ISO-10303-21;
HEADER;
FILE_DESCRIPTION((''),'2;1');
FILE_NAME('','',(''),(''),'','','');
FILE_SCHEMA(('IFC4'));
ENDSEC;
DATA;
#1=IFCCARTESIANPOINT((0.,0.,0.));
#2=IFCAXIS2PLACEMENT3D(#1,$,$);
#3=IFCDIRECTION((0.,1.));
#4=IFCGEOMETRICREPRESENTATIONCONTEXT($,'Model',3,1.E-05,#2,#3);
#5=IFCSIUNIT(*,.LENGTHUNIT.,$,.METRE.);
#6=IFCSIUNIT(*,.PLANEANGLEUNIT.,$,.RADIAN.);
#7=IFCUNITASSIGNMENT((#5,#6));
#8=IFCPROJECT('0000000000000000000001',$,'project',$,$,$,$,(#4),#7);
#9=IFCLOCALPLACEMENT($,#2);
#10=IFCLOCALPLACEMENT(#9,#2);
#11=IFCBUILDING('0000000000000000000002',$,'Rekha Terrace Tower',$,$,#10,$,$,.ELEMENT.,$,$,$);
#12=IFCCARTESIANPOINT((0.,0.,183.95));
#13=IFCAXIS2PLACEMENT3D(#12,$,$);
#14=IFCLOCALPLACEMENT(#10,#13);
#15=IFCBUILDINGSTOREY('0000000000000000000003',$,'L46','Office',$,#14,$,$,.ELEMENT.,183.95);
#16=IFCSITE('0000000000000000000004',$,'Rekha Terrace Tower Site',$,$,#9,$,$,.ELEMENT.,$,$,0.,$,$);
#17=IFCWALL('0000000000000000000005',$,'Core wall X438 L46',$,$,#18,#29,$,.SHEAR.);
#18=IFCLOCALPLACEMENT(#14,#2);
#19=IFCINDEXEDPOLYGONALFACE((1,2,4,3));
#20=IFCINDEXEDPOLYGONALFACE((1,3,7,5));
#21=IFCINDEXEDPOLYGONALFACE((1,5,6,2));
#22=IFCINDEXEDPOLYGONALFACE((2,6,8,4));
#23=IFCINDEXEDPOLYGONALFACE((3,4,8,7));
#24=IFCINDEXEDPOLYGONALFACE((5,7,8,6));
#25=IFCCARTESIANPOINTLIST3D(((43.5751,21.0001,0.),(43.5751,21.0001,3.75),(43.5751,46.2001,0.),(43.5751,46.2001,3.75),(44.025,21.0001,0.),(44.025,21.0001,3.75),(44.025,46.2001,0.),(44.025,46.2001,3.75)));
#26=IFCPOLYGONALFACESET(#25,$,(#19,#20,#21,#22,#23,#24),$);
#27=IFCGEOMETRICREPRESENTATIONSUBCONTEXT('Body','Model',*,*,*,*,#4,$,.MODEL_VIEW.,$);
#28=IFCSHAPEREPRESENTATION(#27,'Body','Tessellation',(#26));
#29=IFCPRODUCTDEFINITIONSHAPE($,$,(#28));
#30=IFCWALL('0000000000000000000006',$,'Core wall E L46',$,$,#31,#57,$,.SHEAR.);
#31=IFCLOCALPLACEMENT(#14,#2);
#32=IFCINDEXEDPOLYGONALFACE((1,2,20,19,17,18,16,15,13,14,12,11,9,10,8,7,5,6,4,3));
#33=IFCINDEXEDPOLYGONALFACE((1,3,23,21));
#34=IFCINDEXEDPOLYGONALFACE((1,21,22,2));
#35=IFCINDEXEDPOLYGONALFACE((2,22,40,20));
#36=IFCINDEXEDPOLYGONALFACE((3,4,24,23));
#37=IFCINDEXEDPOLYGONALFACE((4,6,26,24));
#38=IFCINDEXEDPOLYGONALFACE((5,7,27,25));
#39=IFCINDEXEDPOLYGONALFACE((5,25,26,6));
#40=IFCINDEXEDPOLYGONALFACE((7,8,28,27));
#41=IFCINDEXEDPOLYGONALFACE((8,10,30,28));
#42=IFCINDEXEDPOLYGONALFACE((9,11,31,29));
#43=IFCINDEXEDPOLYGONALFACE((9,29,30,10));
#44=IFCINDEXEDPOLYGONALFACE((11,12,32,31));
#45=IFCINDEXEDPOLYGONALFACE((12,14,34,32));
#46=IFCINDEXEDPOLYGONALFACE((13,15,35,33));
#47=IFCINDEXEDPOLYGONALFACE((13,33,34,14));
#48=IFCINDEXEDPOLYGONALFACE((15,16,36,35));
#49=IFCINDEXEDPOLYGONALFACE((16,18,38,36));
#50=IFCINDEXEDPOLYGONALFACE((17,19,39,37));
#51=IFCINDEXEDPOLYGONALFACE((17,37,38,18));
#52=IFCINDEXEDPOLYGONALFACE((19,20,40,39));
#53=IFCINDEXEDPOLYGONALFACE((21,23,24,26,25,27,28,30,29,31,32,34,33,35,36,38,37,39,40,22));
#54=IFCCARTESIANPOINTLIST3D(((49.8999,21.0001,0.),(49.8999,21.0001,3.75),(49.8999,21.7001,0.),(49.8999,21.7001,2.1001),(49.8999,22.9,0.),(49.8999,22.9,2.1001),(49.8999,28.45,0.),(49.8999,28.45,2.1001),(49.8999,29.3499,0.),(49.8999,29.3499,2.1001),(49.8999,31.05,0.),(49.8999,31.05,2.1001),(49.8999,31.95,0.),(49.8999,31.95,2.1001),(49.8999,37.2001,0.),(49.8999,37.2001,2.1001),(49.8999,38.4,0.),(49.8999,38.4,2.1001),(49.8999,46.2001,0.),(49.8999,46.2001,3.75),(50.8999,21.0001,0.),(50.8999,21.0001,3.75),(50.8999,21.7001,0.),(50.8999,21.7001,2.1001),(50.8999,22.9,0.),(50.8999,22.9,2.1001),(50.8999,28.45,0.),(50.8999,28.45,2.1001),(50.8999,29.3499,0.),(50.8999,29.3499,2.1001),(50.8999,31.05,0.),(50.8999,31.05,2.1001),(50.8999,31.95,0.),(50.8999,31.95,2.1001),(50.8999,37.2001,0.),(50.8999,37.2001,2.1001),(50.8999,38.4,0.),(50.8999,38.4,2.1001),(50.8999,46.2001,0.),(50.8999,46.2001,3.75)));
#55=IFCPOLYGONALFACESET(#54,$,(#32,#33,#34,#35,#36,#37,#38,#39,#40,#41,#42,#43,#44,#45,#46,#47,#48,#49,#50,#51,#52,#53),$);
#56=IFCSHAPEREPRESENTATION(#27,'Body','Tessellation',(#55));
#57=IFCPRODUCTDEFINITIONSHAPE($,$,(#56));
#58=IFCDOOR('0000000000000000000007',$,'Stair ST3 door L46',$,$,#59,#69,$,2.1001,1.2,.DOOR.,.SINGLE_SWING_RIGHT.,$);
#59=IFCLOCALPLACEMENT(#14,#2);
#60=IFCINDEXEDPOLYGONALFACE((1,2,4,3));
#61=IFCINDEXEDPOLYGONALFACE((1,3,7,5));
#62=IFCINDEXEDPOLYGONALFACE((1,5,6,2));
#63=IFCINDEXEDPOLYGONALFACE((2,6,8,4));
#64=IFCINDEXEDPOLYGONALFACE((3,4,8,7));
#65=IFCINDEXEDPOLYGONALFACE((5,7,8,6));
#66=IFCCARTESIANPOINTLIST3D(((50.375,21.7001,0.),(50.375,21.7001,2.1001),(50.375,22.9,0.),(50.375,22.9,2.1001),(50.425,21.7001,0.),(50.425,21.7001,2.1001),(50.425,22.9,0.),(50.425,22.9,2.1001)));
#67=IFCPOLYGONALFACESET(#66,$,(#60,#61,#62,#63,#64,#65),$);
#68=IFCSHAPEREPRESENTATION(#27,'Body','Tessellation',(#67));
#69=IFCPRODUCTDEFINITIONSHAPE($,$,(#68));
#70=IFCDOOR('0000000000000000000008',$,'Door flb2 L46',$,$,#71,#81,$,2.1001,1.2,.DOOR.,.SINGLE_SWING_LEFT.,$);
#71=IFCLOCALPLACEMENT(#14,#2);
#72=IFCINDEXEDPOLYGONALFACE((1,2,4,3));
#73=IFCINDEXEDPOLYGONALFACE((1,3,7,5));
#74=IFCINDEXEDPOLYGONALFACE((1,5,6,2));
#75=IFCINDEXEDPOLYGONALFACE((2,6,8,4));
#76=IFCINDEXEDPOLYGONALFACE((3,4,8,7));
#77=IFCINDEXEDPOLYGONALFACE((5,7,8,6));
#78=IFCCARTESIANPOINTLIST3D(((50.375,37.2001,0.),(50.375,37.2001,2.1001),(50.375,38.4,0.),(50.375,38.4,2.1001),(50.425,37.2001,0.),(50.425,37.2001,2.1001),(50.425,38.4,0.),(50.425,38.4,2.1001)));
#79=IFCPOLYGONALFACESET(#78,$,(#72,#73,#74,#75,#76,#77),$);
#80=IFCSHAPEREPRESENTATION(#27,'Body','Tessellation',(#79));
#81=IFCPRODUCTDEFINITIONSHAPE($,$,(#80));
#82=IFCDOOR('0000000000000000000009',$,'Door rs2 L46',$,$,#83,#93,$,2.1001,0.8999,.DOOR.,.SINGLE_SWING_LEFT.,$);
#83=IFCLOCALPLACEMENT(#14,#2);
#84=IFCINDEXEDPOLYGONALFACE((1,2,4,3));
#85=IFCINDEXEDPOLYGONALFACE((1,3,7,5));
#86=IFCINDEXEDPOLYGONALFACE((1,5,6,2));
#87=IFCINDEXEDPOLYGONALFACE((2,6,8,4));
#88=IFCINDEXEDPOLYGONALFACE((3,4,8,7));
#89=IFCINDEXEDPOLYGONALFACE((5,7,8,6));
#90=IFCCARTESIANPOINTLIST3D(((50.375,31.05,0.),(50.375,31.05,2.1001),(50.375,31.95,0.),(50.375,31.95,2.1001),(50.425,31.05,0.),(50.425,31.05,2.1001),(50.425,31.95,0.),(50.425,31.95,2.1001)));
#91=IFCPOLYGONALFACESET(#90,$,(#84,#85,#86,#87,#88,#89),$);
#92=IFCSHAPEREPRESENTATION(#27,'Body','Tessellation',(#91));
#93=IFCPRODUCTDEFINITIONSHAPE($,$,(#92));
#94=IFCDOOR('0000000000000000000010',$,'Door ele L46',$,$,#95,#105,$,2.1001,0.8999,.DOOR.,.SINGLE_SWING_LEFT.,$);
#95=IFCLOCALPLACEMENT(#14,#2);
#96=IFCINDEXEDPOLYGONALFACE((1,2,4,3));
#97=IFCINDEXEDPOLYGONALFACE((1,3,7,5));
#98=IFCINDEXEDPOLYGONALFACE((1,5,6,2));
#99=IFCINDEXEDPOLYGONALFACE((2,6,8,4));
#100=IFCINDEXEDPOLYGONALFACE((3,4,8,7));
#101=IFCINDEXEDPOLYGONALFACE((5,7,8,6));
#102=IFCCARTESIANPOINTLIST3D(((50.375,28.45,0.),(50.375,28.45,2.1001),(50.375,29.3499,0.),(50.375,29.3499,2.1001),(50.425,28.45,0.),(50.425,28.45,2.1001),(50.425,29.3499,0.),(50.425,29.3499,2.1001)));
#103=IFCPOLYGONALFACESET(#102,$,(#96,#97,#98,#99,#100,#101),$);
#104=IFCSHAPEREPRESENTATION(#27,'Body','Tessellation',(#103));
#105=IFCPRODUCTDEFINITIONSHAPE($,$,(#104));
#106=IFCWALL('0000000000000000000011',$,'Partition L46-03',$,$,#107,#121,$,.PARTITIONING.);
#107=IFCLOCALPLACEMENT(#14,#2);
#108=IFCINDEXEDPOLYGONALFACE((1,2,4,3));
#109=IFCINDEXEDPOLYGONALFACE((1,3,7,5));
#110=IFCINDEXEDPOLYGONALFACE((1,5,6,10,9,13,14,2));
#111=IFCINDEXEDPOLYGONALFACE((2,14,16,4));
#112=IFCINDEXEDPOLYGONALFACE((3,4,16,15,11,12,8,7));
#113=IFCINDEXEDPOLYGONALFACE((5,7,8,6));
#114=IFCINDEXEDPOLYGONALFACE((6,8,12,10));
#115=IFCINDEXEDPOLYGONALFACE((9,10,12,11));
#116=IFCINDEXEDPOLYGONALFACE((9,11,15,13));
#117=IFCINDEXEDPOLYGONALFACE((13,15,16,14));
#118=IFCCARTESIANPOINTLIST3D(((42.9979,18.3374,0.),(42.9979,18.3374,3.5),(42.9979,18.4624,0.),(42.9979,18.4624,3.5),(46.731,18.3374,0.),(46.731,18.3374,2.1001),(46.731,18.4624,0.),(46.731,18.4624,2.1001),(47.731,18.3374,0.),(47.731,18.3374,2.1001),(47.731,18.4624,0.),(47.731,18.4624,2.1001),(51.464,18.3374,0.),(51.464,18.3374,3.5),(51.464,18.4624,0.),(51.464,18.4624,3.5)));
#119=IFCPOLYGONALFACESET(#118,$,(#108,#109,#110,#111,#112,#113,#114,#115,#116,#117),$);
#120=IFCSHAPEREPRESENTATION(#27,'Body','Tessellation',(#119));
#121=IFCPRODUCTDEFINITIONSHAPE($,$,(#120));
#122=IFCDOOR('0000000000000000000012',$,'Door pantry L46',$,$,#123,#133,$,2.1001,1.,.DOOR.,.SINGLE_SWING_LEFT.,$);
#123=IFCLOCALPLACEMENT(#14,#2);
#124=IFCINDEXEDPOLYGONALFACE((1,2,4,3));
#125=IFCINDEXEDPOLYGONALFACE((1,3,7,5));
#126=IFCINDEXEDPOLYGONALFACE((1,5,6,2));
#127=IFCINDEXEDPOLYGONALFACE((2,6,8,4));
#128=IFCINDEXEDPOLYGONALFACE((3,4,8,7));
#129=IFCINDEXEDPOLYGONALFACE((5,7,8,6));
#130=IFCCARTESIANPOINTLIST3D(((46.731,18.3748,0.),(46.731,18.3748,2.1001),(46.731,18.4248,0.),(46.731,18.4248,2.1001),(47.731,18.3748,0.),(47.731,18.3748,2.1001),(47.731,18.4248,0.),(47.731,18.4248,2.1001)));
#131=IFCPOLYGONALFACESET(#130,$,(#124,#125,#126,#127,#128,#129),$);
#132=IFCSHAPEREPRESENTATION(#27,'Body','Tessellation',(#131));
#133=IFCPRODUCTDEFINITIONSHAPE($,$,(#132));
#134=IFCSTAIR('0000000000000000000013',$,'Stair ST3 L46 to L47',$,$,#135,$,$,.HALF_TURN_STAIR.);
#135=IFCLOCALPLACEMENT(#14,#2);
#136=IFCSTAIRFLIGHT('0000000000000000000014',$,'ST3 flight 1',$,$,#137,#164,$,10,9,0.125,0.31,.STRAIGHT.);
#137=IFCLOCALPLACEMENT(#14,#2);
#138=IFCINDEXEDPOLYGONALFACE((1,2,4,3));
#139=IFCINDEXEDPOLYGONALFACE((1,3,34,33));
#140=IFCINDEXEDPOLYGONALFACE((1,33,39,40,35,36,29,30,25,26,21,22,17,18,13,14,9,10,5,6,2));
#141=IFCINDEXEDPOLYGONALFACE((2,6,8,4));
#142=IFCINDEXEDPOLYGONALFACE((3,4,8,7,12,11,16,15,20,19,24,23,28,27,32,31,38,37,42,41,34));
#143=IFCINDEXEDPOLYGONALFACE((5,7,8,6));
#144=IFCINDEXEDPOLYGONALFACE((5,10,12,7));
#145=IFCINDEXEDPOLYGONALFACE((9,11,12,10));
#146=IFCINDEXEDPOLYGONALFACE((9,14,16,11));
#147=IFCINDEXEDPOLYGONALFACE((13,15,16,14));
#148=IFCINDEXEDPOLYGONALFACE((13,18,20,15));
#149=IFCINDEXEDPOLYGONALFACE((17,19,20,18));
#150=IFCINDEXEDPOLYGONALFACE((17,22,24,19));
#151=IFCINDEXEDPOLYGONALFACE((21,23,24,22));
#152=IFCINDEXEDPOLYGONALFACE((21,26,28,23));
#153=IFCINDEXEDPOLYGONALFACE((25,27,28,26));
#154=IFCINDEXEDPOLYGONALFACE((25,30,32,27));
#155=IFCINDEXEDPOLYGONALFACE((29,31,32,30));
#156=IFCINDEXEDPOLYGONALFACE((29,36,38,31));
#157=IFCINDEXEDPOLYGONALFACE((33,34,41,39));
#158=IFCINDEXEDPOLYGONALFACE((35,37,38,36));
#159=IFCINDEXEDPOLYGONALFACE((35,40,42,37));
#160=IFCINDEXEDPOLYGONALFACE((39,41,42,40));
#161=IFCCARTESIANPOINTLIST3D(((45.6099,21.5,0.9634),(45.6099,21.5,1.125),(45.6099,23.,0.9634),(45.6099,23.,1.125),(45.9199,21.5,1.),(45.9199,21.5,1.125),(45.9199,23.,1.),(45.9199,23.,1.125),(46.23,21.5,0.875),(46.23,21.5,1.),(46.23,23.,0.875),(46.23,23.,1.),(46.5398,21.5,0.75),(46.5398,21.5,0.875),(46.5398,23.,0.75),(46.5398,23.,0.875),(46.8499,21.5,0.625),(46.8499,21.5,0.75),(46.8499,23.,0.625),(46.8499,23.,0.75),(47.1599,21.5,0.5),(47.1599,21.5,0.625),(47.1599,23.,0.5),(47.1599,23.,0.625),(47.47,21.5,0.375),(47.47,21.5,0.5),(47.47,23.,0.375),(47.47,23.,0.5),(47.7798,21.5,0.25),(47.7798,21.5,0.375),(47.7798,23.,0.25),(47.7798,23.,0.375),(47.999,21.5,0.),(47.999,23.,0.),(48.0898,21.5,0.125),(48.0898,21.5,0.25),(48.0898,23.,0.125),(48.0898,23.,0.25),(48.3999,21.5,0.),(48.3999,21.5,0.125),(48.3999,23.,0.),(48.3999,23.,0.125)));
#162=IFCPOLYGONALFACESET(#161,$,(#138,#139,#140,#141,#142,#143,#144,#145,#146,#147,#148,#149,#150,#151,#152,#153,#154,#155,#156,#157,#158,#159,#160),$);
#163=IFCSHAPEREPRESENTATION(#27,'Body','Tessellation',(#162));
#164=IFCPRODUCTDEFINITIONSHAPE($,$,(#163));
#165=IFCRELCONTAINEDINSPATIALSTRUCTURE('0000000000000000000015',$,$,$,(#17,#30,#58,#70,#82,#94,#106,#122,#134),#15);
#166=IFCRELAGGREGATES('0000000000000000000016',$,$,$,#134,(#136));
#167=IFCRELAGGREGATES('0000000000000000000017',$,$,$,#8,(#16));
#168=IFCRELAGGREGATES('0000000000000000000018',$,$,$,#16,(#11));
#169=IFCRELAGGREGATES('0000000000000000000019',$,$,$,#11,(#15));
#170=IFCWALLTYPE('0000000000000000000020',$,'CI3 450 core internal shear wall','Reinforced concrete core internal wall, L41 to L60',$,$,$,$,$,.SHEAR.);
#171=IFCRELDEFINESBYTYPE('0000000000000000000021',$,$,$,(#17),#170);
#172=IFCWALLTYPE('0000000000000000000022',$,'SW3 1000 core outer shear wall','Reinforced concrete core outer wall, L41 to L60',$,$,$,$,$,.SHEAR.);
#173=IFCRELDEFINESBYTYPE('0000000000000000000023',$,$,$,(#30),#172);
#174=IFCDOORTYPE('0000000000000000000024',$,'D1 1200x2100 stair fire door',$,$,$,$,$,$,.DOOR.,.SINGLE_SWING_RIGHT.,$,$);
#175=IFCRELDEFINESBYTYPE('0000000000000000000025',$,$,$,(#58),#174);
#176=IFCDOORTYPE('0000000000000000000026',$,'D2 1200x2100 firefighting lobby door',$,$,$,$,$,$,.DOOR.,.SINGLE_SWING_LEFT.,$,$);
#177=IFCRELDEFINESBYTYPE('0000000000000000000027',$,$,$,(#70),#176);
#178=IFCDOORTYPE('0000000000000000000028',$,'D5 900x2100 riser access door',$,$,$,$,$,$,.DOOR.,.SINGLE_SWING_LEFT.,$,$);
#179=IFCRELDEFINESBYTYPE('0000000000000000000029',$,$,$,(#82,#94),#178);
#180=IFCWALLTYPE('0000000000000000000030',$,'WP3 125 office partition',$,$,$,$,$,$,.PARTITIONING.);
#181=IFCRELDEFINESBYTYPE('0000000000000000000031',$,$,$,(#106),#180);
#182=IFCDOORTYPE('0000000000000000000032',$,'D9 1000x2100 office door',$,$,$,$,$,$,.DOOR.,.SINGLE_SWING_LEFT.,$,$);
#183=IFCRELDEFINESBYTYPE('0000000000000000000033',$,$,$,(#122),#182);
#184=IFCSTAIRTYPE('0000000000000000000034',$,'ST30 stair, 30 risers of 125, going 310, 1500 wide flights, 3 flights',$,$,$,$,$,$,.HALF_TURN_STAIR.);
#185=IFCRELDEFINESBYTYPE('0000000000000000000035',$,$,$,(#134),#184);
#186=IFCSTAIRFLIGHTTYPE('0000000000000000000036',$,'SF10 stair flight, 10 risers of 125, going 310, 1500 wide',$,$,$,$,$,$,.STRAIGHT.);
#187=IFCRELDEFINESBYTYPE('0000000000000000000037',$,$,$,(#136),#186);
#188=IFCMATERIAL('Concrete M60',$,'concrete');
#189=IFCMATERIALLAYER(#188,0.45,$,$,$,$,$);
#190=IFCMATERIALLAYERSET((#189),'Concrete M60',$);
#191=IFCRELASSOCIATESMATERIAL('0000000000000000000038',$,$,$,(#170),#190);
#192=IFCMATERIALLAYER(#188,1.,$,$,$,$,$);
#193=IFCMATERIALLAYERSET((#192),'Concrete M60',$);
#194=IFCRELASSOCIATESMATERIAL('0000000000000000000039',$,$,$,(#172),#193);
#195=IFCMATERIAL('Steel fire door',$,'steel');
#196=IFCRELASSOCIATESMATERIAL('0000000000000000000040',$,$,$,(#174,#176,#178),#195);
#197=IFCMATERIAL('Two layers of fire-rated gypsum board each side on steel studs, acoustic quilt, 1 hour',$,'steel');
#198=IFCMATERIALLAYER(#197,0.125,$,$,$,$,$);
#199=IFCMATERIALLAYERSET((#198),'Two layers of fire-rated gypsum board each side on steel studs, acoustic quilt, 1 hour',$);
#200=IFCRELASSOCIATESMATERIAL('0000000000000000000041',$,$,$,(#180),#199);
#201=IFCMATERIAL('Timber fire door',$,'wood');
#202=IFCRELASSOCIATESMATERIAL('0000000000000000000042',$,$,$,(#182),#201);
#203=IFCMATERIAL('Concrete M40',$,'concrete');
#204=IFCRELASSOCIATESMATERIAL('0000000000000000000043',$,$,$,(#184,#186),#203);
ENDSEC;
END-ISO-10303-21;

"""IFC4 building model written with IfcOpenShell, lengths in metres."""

from ifc_helpers import new_model, si_unit, direction, frame, frame_2d, origin, place, context, subcontext, project, spatial, polyline, rectangle, outline, extrude, material, layer, layer_set, type_object, element, fill, aggregate, save


model = new_model("IFC4")

# Units and contexts
model_context = context("Model", 3, precision=1e-05, world=origin(), true_north=direction((0.0, 1.0)))
body_context = subcontext(model_context, "Body", "Model", "MODEL_VIEW")
ifc_project = project(units=[si_unit("LENGTHUNIT", "METRE"), si_unit("PLANEANGLEUNIT", "RADIAN")], contexts=[model_context])

# Site, building, storey
site_placement = place(None, origin())
site = spatial("IfcSite", under=ifc_project, at=site_placement, Name="Rekha Terrace Tower Site", CompositionType="ELEMENT", RefElevation=0.0)
building_placement = place(site_placement, origin())
building = spatial("IfcBuilding", under=site, at=building_placement, Name="Rekha Terrace Tower", CompositionType="ELEMENT")
storey_placement = place(building_placement, frame((0.0, 0.0, 183.95)))
storey = spatial("IfcBuildingStorey", under=building, at=storey_placement, Name="L46", Description="Office", CompositionType="ELEMENT", Elevation=183.95)

# Shared definitions
ifc_material_1 = material(Name="Concrete M60", Category="concrete")

# Wall
ifc_layer_1 = layer(ifc_material_1, 0.45)
ifc_layer_set_1 = layer_set([ifc_layer_1], Name="Concrete M60")
wall_type_1 = type_object("IfcWallType", Name="CI3 450 core internal shear wall", Description="Reinforced concrete core internal wall, L41 to L60", PredefinedType="SHEAR", material=ifc_layer_set_1)
wall_1_placement = place(storey_placement, frame((43.8, 21.0, 0.0), z_axis=(0.0, 0.0, 1.0), x_axis=(0.0, 1.0, 0.0)))
element("IfcWall", 1, at=wall_1_placement, inside=storey, type_object=wall_type_1, Name="Core wall X438 L46", PredefinedType="SHEAR", context=body_context, shape_type="SweptSolid", body=[
    extrude(rectangle(XDim=25.2, YDim=0.45, at=frame_2d((12.6001, 0.0))), origin(), (0.0, 0.0, 1.0), 3.75),
])

# Wall, openings, doors
ifc_layer_2 = layer(ifc_material_1, 1.0)
ifc_layer_set_2 = layer_set([ifc_layer_2], Name="Concrete M60")
wall_type_2 = type_object("IfcWallType", Name="SW3 1000 core outer shear wall", Description="Reinforced concrete core outer wall, L41 to L60", PredefinedType="SHEAR", material=ifc_layer_set_2)
wall_2_placement = place(storey_placement, frame((50.3999, 21.0, 0.0), z_axis=(0.0, 0.0, 1.0), x_axis=(0.0, 1.0, 0.0)))
wall_2 = element("IfcWall", 2, at=wall_2_placement, inside=storey, type_object=wall_type_2, Name="Core wall E L46", PredefinedType="SHEAR", context=body_context, shape_type="SweptSolid", body=[
    extrude(rectangle(XDim=25.2, YDim=1.0, at=frame_2d((12.6001, 0.0))), origin(), (0.0, 0.0, 1.0), 3.75),
])
opening_1_placement = place(wall_2_placement, frame((16.2, 0.0, 0.0)))
opening_1 = element("IfcOpeningElement", 3, at=opening_1_placement, cuts=wall_2, PredefinedType="OPENING", context=body_context, shape_type="SweptSolid", body=[
    extrude(rectangle(XDim=1.2, YDim=2.1001, at=frame_2d((0.6001, 1.05))), frame((0.0, 0.51, 0.0), z_axis=(0.0, -1.0, 0.0), x_axis=(1.0, 0.0, 0.0)), (0.0, 0.0, 1.0), 1.02),
])
opening_2_placement = place(wall_2_placement, frame((10.05, 0.0, 0.0)))
opening_2 = element("IfcOpeningElement", 4, at=opening_2_placement, cuts=wall_2, PredefinedType="OPENING", context=body_context, shape_type="SweptSolid", body=[
    extrude(rectangle(XDim=0.8999, YDim=2.1001, at=frame_2d((0.45, 1.05))), frame((0.0, 0.51, 0.0), z_axis=(0.0, -1.0, 0.0), x_axis=(1.0, 0.0, 0.0)), (0.0, 0.0, 1.0), 1.02),
])
opening_3_placement = place(wall_2_placement, frame((7.45, 0.0, 0.0)))
opening_3 = element("IfcOpeningElement", 5, at=opening_3_placement, cuts=wall_2, PredefinedType="OPENING", context=body_context, shape_type="SweptSolid", body=[
    extrude(rectangle(XDim=0.8999, YDim=2.1001, at=frame_2d((0.45, 1.05))), frame((0.0, 0.51, 0.0), z_axis=(0.0, -1.0, 0.0), x_axis=(1.0, 0.0, 0.0)), (0.0, 0.0, 1.0), 1.02),
])
opening_4_placement = place(wall_2_placement, frame((0.7, 0.0, 0.0)))
opening_4 = element("IfcOpeningElement", 6, at=opening_4_placement, cuts=wall_2, PredefinedType="OPENING", context=body_context, shape_type="SweptSolid", body=[
    extrude(rectangle(XDim=1.2, YDim=2.1001, at=frame_2d((0.6001, 1.05))), frame((0.0, 0.51, 0.0), z_axis=(0.0, -1.0, 0.0), x_axis=(1.0, 0.0, 0.0)), (0.0, 0.0, 1.0), 1.02),
])
ifc_material_2 = material(Name="Steel fire door", Category="steel")
door_type_1 = type_object("IfcDoorType", Name="D1 1200x2100 stair fire door", OperationType="SINGLE_SWING_RIGHT", PredefinedType="DOOR", material=ifc_material_2)
door_1_placement = place(opening_4_placement, origin())
door_1 = element("IfcDoor", 7, at=door_1_placement, inside=storey, type_object=door_type_1, Name="Stair ST3 door L46", OperationType="SINGLE_SWING_RIGHT", OverallHeight=2.1001, OverallWidth=1.2, PredefinedType="DOOR", context=body_context, shape_type="SweptSolid", body=[
    extrude(rectangle(XDim=1.2, YDim=2.1001, at=frame_2d((0.6001, 1.05))), frame((0.0, 0.0249, 0.0), z_axis=(0.0, -1.0, 0.0), x_axis=(1.0, 0.0, 0.0)), (0.0, 0.0, 1.0), 0.05),
])
fill(opening_4, door_1)
door_type_2 = type_object("IfcDoorType", Name="D2 1200x2100 firefighting lobby door", OperationType="SINGLE_SWING_LEFT", PredefinedType="DOOR", material=ifc_material_2)
door_2_placement = place(opening_1_placement, origin())
door_2 = element("IfcDoor", 8, at=door_2_placement, inside=storey, type_object=door_type_2, Name="Door flb2 L46", OperationType="SINGLE_SWING_LEFT", OverallHeight=2.1001, OverallWidth=1.2, PredefinedType="DOOR", context=body_context, shape_type="SweptSolid", body=[
    extrude(rectangle(XDim=1.2, YDim=2.1001, at=frame_2d((0.6001, 1.05))), frame((0.0, 0.0249, 0.0), z_axis=(0.0, -1.0, 0.0), x_axis=(1.0, 0.0, 0.0)), (0.0, 0.0, 1.0), 0.05),
])
fill(opening_1, door_2)
door_type_3 = type_object("IfcDoorType", Name="D5 900x2100 riser access door", OperationType="SINGLE_SWING_LEFT", PredefinedType="DOOR", material=ifc_material_2)
door_3_placement = place(opening_2_placement, origin())
door_3 = element("IfcDoor", 9, at=door_3_placement, inside=storey, type_object=door_type_3, Name="Door rs2 L46", OperationType="SINGLE_SWING_LEFT", OverallHeight=2.1001, OverallWidth=0.8999, PredefinedType="DOOR", context=body_context, shape_type="SweptSolid", body=[
    extrude(rectangle(XDim=0.8999, YDim=2.1001, at=frame_2d((0.45, 1.05))), frame((0.0, 0.0249, 0.0), z_axis=(0.0, -1.0, 0.0), x_axis=(1.0, 0.0, 0.0)), (0.0, 0.0, 1.0), 0.05),
])
fill(opening_2, door_3)
door_4_placement = place(opening_3_placement, origin())
door_4 = element("IfcDoor", 10, at=door_4_placement, inside=storey, type_object=door_type_3, Name="Door ele L46", OperationType="SINGLE_SWING_LEFT", OverallHeight=2.1001, OverallWidth=0.8999, PredefinedType="DOOR", context=body_context, shape_type="SweptSolid", body=[
    extrude(rectangle(XDim=0.8999, YDim=2.1001, at=frame_2d((0.45, 1.05))), frame((0.0, 0.0249, 0.0), z_axis=(0.0, -1.0, 0.0), x_axis=(1.0, 0.0, 0.0)), (0.0, 0.0, 1.0), 0.05),
])
fill(opening_3, door_4)

# Wall, opening, door
ifc_material_3 = material(Name="Two layers of fire-rated gypsum board each side on steel studs, acoustic quilt, 1 hour", Category="steel")
ifc_layer_3 = layer(ifc_material_3, 0.125)
ifc_layer_set_3 = layer_set([ifc_layer_3], Name="Two layers of fire-rated gypsum board each side on steel studs, acoustic quilt, 1 hour")
wall_type_3 = type_object("IfcWallType", Name="WP3 125 office partition", PredefinedType="PARTITIONING", material=ifc_layer_set_3)
wall_3_placement = place(storey_placement, frame((42.998, 18.3999, 0.0), z_axis=(0.0, 0.0, 1.0), x_axis=(1.0, 0.0, 0.0)))
wall_3 = element("IfcWall", 11, at=wall_3_placement, inside=storey, type_object=wall_type_3, Name="Partition L46-03", PredefinedType="PARTITIONING", context=body_context, shape_type="SweptSolid", body=[
    extrude(rectangle(XDim=8.4661, YDim=0.125, at=frame_2d((4.2329, 0.0))), origin(), (0.0, 0.0, 1.0), 3.5),
])
opening_5_placement = place(wall_3_placement, frame((3.7329, 0.0, 0.0)))
opening_5 = element("IfcOpeningElement", 12, at=opening_5_placement, cuts=wall_3, PredefinedType="OPENING", context=body_context, shape_type="SweptSolid", body=[
    extrude(rectangle(XDim=1.0, YDim=2.1001, at=frame_2d((0.5, 1.05))), frame((0.0, 0.0725, 0.0), z_axis=(0.0, -1.0, 0.0), x_axis=(1.0, 0.0, 0.0)), (0.0, 0.0, 1.0), 0.145),
])
ifc_material_4 = material(Name="Timber fire door", Category="wood")
door_type_4 = type_object("IfcDoorType", Name="D9 1000x2100 office door", OperationType="SINGLE_SWING_LEFT", PredefinedType="DOOR", material=ifc_material_4)
door_5_placement = place(opening_5_placement, origin())
door_5 = element("IfcDoor", 13, at=door_5_placement, inside=storey, type_object=door_type_4, Name="Door pantry L46", OperationType="SINGLE_SWING_LEFT", OverallHeight=2.1001, OverallWidth=1.0, PredefinedType="DOOR", context=body_context, shape_type="SweptSolid", body=[
    extrude(rectangle(XDim=1.0, YDim=2.1001, at=frame_2d((0.5, 1.05))), frame((0.0, 0.0249, 0.0), z_axis=(0.0, -1.0, 0.0), x_axis=(1.0, 0.0, 0.0)), (0.0, 0.0, 1.0), 0.05),
])
fill(opening_5, door_5)

# Stair, stair flight
ifc_material_5 = material(Name="Concrete M40", Category="concrete")
stair_type = type_object("IfcStairType", Name="ST30 stair, 30 risers of 125, going 310, 1500 wide flights, 3 flights", PredefinedType="HALF_TURN_STAIR", material=ifc_material_5)
stair_placement = place(storey_placement, origin())
stair = element("IfcStair", 14, at=stair_placement, inside=storey, type_object=stair_type, Name="Stair ST3 L46 to L47", PredefinedType="HALF_TURN_STAIR")
stair_flight_type = type_object("IfcStairFlightType", Name="SF10 stair flight, 10 risers of 125, going 310, 1500 wide", PredefinedType="STRAIGHT", material=ifc_material_5)
stair_flight_1_placement = place(storey_placement, frame((48.3999, 22.25, 0.0), z_axis=(0.0, 0.0, 1.0), x_axis=(-1.0, 0.0, 0.0)))
stair_flight_1 = element("IfcStairFlight", 15, at=stair_flight_1_placement, type_object=stair_flight_type, Name="ST3 flight 1", NumberOfRisers=10, NumberOfTreads=9, PredefinedType="STRAIGHT", RiserHeight=0.125, TreadLength=0.31, context=body_context, shape_type="SweptSolid", body=[
    extrude(outline(polyline([(0.0, 0.0), (0.0, 0.125), (0.3101, 0.125), (0.3101, 0.25), (0.6201, 0.25), (0.6201, 0.375), (0.9299, 0.375), (0.9299, 0.5), (1.24, 0.5), (1.24, 0.625), (1.55, 0.625), (1.55, 0.75), (1.8601, 0.75), (1.8601, 0.875), (2.1699, 0.875), (2.1699, 1.0), (2.48, 1.0), (2.48, 1.125), (2.79, 1.125), (2.79, 1.25), (2.79, 0.9634), (0.4009, 0.0), (0.0, 0.0)])), frame((0.0, 0.75, 0.0), z_axis=(0.0, -1.0, 0.0), x_axis=(1.0, 0.0, 0.0)), (0.0, 0.0, 1.0), 1.5),
])
aggregate(stair, [stair_flight_1])

save(model, "model.ifc")
